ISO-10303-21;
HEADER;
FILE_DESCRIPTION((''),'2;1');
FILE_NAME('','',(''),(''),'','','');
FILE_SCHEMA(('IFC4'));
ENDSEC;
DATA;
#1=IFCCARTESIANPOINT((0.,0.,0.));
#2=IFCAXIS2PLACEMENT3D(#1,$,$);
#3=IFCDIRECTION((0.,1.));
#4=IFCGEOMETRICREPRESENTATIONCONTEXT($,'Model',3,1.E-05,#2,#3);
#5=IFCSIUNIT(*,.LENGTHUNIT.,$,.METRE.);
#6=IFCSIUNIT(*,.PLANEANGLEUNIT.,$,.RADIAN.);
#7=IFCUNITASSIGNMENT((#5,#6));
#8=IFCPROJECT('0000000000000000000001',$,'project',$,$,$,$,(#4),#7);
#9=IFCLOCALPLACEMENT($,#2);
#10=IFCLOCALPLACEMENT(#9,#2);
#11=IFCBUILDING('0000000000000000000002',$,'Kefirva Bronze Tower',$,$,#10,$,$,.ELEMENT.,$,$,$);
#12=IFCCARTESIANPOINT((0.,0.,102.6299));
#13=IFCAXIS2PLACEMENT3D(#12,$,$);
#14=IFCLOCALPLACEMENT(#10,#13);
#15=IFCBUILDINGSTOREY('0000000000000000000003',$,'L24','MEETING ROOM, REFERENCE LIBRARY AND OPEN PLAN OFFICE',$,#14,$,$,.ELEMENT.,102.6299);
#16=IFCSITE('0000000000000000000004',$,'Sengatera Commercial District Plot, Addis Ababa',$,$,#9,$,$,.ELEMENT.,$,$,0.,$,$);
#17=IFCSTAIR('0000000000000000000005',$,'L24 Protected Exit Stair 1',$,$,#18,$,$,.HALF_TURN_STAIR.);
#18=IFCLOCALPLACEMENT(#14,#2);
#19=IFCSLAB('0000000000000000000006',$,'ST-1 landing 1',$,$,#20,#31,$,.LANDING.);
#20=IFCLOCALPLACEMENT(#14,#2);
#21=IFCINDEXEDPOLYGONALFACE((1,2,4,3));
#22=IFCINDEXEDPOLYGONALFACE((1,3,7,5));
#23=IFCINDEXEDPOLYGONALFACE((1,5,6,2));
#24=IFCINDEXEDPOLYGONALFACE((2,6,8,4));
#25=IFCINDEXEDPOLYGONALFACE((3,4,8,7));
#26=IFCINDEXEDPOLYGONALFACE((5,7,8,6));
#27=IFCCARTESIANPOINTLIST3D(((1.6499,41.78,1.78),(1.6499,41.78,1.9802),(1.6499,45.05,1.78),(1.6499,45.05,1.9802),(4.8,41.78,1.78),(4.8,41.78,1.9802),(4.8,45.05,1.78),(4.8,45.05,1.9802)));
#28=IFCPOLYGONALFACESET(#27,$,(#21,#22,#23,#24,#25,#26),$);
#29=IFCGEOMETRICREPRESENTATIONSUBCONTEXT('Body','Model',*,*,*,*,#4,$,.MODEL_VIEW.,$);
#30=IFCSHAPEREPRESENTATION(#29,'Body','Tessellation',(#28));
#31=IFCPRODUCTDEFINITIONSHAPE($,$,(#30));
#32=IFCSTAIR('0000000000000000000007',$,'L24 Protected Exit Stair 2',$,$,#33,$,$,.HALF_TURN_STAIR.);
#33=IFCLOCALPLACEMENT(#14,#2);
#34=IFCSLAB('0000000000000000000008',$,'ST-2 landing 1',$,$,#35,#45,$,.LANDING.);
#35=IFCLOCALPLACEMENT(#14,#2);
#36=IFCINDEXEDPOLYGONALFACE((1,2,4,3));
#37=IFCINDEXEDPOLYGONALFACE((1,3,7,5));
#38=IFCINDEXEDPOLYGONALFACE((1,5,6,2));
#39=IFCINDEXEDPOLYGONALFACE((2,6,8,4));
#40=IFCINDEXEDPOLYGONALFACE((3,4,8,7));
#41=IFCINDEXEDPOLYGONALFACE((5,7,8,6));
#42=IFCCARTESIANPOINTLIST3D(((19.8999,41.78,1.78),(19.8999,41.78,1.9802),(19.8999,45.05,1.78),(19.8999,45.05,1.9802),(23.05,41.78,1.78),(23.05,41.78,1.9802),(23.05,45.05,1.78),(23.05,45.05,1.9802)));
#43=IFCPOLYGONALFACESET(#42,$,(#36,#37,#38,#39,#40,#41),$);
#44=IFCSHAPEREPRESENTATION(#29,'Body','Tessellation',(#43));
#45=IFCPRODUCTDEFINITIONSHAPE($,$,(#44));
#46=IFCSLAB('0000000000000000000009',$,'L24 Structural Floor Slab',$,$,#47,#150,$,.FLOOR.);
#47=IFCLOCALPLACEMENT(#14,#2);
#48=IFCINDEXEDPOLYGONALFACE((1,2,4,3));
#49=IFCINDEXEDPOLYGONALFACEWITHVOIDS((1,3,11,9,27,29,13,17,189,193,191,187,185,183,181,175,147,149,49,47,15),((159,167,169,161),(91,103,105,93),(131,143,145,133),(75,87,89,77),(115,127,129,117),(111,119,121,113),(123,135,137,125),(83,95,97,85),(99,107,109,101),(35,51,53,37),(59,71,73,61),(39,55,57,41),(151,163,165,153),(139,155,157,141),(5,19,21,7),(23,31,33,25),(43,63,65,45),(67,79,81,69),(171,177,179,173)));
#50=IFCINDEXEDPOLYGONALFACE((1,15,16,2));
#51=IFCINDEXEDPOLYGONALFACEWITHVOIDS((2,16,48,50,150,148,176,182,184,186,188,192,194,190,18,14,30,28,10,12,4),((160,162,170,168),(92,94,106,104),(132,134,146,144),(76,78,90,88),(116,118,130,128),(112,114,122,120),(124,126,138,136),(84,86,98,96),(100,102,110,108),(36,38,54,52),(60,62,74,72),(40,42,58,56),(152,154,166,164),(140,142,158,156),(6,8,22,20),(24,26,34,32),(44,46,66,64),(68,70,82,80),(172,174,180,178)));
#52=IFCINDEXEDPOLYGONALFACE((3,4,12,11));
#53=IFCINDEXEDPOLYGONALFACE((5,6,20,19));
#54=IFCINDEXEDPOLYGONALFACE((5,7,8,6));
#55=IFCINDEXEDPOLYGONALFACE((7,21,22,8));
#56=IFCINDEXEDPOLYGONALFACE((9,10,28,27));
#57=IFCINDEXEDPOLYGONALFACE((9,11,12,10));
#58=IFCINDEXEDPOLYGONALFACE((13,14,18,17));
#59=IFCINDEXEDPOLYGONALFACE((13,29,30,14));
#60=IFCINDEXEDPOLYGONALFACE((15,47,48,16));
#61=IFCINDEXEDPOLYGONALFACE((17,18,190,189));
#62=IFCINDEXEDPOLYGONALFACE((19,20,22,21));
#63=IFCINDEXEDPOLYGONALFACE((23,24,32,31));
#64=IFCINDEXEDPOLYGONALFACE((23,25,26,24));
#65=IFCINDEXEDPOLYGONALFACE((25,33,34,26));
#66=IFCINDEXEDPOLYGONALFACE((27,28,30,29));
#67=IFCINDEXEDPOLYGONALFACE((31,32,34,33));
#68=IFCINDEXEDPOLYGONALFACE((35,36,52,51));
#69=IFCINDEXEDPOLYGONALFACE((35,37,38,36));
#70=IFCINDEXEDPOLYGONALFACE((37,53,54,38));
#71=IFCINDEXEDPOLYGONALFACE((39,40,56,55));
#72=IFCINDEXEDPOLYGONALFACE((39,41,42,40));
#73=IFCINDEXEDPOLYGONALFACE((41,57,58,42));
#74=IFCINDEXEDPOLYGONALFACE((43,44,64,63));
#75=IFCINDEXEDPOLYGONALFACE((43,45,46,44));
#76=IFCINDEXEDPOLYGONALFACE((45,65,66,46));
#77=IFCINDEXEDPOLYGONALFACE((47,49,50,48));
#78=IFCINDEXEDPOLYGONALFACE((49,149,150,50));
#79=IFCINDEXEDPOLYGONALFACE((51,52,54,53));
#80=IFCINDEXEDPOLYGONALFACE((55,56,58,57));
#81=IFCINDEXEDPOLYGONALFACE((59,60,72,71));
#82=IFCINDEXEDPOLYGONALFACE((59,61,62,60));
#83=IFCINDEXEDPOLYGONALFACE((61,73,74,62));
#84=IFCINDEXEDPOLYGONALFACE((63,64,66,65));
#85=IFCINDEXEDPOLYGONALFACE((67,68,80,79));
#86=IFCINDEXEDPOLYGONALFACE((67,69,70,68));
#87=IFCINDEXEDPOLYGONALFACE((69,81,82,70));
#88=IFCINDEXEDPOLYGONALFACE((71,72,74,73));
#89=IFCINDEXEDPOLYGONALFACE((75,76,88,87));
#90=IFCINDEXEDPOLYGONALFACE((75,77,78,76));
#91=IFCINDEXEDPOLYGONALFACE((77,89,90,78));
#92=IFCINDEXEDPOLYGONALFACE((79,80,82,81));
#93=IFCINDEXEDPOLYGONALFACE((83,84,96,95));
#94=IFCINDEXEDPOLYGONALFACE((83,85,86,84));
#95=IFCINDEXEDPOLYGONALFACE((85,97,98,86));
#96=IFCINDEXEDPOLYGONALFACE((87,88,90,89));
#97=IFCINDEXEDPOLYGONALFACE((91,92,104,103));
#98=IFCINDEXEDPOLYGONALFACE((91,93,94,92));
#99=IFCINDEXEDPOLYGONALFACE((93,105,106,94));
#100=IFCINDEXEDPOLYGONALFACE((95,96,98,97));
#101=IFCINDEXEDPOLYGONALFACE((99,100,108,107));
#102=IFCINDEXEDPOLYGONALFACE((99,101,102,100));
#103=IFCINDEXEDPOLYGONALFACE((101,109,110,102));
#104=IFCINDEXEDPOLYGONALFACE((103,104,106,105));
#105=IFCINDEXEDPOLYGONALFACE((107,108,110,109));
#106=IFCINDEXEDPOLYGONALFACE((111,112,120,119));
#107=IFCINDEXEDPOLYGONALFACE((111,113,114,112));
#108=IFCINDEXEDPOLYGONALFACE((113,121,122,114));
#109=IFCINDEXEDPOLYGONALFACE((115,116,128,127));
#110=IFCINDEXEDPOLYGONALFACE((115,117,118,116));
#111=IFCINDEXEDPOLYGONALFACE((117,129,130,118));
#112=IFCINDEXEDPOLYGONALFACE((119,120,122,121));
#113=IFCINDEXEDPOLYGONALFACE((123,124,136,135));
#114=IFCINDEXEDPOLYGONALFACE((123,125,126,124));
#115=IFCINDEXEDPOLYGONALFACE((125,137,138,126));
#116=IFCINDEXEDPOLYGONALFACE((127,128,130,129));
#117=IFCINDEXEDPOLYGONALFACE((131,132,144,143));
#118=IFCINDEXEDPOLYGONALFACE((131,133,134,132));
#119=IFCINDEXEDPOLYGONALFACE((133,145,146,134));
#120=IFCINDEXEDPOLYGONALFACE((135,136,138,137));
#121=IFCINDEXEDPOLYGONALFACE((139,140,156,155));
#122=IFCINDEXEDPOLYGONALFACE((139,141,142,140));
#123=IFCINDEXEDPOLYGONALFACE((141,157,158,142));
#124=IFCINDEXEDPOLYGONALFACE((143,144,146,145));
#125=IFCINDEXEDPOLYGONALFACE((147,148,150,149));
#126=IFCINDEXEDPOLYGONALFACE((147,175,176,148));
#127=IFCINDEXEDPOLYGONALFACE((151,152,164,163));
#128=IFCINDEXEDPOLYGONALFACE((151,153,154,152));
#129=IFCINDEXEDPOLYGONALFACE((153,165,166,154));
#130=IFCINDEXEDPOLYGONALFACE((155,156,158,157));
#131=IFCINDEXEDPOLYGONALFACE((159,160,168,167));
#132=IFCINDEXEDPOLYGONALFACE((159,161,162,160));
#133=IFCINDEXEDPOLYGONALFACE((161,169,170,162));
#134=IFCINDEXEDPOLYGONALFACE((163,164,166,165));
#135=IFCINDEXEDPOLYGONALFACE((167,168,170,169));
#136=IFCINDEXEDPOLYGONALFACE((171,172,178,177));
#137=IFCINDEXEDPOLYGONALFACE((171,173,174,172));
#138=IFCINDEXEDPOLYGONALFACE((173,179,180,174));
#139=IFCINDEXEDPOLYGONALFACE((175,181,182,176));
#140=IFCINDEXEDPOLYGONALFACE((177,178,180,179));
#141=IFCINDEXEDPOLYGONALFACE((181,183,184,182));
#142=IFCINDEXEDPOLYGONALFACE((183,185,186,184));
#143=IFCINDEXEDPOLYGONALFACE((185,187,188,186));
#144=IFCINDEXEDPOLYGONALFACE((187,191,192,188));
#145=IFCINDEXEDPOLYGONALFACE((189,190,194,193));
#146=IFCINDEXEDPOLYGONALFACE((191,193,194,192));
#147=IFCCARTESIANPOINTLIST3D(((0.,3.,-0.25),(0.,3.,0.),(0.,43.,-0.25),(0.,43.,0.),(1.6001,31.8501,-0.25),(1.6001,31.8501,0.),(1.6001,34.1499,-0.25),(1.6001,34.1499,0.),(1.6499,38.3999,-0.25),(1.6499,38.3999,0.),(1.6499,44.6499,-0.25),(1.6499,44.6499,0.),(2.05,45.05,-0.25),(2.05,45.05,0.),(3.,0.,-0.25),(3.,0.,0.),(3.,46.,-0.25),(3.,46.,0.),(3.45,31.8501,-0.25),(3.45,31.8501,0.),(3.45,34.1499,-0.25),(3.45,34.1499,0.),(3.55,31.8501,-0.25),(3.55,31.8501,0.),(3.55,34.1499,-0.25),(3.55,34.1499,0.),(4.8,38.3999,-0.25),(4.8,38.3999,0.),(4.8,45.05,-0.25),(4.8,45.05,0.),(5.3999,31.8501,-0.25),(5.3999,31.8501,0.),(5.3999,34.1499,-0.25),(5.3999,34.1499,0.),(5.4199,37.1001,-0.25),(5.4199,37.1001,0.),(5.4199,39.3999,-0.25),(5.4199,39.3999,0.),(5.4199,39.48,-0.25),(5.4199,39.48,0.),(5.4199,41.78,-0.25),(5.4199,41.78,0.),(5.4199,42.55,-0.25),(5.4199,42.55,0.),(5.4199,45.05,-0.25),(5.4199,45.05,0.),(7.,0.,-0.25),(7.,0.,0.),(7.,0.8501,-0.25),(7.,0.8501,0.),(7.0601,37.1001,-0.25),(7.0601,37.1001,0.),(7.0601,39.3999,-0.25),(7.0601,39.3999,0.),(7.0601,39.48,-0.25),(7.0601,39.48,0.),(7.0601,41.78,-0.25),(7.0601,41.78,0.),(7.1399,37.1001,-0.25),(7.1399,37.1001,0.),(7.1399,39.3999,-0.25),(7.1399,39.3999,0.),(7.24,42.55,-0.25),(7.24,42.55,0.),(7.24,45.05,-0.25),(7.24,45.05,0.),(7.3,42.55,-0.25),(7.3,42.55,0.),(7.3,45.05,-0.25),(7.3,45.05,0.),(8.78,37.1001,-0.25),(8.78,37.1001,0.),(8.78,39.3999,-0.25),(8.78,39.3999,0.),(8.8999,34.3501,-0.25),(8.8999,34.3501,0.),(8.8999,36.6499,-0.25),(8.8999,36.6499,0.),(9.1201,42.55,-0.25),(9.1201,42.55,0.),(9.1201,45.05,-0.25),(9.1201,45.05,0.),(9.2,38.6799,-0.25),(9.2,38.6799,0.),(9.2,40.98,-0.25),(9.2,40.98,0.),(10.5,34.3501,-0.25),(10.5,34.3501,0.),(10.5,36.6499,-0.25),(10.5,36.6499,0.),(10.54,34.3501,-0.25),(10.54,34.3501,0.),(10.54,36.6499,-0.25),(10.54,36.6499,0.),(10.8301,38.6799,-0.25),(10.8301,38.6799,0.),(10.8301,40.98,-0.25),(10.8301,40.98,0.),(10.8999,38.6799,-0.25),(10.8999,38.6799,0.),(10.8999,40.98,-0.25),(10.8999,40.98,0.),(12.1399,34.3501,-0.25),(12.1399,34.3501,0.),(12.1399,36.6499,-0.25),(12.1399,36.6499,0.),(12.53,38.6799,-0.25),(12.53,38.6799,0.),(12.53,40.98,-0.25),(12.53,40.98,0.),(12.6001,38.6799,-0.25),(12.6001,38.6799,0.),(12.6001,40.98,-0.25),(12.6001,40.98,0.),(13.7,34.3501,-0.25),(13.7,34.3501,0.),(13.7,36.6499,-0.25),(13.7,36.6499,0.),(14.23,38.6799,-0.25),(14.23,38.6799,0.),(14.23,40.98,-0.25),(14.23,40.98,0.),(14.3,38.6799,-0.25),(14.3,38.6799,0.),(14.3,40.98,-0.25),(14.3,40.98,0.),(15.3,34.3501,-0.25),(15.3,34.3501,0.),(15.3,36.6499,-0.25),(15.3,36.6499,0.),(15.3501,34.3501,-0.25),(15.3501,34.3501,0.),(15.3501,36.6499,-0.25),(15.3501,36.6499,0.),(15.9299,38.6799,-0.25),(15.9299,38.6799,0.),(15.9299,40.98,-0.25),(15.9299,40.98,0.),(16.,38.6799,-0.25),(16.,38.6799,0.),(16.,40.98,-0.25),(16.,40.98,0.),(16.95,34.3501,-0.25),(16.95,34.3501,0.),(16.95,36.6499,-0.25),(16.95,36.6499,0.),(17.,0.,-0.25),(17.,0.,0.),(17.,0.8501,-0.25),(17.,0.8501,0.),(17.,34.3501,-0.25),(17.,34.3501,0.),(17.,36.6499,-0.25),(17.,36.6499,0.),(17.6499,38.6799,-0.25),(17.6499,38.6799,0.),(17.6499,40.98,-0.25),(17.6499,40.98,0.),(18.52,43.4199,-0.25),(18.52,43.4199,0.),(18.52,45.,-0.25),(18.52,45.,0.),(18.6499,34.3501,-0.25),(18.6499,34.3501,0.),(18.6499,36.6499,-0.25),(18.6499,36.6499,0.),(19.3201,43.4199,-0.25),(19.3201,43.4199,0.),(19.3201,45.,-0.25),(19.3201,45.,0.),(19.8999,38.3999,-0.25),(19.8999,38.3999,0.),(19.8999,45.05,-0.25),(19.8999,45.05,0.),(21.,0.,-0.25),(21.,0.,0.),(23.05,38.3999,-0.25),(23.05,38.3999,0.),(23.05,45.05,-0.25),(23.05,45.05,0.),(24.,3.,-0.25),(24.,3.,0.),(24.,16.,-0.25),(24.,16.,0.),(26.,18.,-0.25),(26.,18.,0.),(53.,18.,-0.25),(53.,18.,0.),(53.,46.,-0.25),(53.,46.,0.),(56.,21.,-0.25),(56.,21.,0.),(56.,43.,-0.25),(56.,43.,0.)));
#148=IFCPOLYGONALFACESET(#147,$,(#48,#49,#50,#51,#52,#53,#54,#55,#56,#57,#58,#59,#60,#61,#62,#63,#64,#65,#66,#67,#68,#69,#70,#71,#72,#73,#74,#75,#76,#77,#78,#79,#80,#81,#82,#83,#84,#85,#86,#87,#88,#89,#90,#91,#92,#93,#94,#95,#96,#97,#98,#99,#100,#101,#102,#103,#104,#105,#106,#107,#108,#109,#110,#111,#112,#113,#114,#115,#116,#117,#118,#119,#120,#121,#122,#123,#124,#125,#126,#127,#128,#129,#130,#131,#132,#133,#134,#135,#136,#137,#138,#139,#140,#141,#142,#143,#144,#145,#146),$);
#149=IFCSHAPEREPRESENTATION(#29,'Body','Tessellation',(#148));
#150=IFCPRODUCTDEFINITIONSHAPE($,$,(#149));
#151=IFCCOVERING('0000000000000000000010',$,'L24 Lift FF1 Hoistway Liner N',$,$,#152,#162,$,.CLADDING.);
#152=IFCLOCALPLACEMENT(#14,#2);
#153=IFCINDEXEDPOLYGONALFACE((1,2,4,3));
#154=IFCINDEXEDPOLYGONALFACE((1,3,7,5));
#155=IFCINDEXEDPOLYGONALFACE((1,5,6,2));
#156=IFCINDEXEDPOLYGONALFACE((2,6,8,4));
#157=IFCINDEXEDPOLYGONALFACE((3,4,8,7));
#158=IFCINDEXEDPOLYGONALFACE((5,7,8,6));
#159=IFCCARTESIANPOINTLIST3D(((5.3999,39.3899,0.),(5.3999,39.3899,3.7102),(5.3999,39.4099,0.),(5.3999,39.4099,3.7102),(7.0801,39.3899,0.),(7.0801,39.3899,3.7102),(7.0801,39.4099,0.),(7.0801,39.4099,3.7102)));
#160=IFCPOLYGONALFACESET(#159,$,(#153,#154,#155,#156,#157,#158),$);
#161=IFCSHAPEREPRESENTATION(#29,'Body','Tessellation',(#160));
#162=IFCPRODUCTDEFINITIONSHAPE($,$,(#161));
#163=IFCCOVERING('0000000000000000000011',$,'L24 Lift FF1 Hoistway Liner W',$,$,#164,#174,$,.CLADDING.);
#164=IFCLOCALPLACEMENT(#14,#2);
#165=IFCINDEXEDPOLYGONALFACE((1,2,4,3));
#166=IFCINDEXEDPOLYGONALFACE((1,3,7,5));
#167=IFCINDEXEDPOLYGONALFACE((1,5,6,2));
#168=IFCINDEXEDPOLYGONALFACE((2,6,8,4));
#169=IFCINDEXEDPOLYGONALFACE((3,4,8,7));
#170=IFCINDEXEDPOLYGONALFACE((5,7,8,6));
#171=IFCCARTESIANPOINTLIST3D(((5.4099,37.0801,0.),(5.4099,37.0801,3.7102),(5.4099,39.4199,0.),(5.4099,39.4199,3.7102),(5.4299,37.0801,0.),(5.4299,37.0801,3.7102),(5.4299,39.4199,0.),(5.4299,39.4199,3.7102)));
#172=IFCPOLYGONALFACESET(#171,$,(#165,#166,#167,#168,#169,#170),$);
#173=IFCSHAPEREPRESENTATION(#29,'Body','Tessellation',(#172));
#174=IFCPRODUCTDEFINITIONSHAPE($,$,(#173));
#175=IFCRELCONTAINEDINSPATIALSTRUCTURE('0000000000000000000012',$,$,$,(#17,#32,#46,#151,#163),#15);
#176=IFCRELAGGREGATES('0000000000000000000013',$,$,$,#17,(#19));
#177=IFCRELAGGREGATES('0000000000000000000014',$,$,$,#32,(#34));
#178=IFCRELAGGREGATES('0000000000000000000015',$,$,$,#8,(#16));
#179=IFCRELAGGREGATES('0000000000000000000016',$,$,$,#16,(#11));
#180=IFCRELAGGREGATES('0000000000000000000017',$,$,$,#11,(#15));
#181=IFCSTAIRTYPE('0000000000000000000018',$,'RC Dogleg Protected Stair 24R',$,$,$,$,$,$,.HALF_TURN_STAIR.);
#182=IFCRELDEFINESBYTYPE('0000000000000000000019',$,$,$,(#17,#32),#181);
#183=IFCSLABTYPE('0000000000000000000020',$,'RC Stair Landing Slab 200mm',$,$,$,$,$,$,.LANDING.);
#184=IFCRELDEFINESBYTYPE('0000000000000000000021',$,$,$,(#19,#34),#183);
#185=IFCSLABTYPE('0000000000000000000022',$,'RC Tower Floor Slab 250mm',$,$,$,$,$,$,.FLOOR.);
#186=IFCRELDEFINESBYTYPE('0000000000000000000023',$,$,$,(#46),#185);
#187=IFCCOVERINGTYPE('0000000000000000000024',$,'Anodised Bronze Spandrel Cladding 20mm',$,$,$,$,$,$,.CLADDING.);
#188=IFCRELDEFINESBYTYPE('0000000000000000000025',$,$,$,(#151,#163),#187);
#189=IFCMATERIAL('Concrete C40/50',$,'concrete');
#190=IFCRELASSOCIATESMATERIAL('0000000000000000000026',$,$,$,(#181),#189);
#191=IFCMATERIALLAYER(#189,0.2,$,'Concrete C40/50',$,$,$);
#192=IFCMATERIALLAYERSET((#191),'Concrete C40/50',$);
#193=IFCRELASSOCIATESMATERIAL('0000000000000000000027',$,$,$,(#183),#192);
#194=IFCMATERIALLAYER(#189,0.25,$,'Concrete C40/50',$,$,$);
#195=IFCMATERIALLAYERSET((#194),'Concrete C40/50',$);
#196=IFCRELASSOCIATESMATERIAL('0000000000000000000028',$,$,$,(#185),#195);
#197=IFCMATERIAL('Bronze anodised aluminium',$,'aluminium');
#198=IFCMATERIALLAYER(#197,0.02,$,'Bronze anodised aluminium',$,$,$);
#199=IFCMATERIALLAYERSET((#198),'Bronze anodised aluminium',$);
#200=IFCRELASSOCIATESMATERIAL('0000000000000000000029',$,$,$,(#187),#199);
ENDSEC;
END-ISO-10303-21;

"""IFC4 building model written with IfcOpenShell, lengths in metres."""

from ifc_helpers import new_model, si_unit, direction, frame, origin, place, context, subcontext, project, spatial, polyline, outline, extrude, material, layer, layer_set, type_object, element, aggregate, save


model = new_model("IFC4")

# Units and contexts
model_context = context("Model", 3, precision=1e-05, world=origin(), true_north=direction((0.0, 1.0)))
body_context = subcontext(model_context, "Body", "Model", "MODEL_VIEW")
ifc_project = project(units=[si_unit("LENGTHUNIT", "METRE"), si_unit("PLANEANGLEUNIT", "RADIAN")], contexts=[model_context])

# Site, building, storey
site_placement = place(None, origin())
site = spatial("IfcSite", under=ifc_project, at=site_placement, Name="Sengatera Commercial District Plot, Addis Ababa", CompositionType="ELEMENT", RefElevation=0.0)
building_placement = place(site_placement, origin())
building = spatial("IfcBuilding", under=site, at=building_placement, Name="Kefirva Bronze Tower", CompositionType="ELEMENT")
storey_placement = place(building_placement, frame((0.0, 0.0, 102.6299)))
storey = spatial("IfcBuildingStorey", under=building, at=storey_placement, Name="L24", Description="MEETING ROOM, REFERENCE LIBRARY AND OPEN PLAN OFFICE", CompositionType="ELEMENT", Elevation=102.6299)

# Stairs, slabs
ifc_material_1 = material(Name="Concrete C40/50", Category="concrete")
stair_type = type_object("IfcStairType", Name="RC Dogleg Protected Stair 24R", PredefinedType="HALF_TURN_STAIR", material=ifc_material_1)
stair_1_placement = place(storey_placement, origin())
stair_1 = element("IfcStair", 1, at=stair_1_placement, inside=storey, type_object=stair_type, Name="L24 Protected Exit Stair 1", PredefinedType="HALF_TURN_STAIR")
ifc_layer_1 = layer(ifc_material_1, 0.2, Name="Concrete C40/50")
ifc_layer_set_1 = layer_set([ifc_layer_1], Name="Concrete C40/50")
slab_type_1 = type_object("IfcSlabType", Name="RC Stair Landing Slab 200mm", PredefinedType="LANDING", material=ifc_layer_set_1)
slab_1_placement = place(storey_placement, frame((0.0, 0.0, 1.78)))
slab_1 = element("IfcSlab", 2, at=slab_1_placement, type_object=slab_type_1, Name="ST-1 landing 1", PredefinedType="LANDING", context=body_context, shape_type="SweptSolid", body=[
    extrude(outline(polyline([(4.8, 41.78), (4.8, 45.05), (1.6499, 45.05), (1.6499, 41.78), (4.8, 41.78)])), origin(), (0.0, 0.0, 1.0), 0.2002),
])
aggregate(stair_1, [slab_1])
stair_2_placement = place(storey_placement, origin())
stair_2 = element("IfcStair", 3, at=stair_2_placement, inside=storey, type_object=stair_type, Name="L24 Protected Exit Stair 2", PredefinedType="HALF_TURN_STAIR")
slab_2_placement = place(storey_placement, frame((0.0, 0.0, 1.78)))
slab_2 = element("IfcSlab", 4, at=slab_2_placement, type_object=slab_type_1, Name="ST-2 landing 1", PredefinedType="LANDING", context=body_context, shape_type="SweptSolid", body=[
    extrude(outline(polyline([(23.05, 41.78), (23.05, 45.05), (19.8999, 45.05), (19.8999, 41.78), (23.05, 41.78)])), origin(), (0.0, 0.0, 1.0), 0.2002),
])
aggregate(stair_2, [slab_2])

# Slab
ifc_layer_2 = layer(ifc_material_1, 0.25, Name="Concrete C40/50")
ifc_layer_set_2 = layer_set([ifc_layer_2], Name="Concrete C40/50")
slab_type_2 = type_object("IfcSlabType", Name="RC Tower Floor Slab 250mm", PredefinedType="FLOOR", material=ifc_layer_set_2)
slab_3_placement = place(storey_placement, frame((0.0, 0.0, -0.25)))
element("IfcSlab", 5, at=slab_3_placement, inside=storey, type_object=slab_type_2, Name="L24 Structural Floor Slab", PredefinedType="FLOOR", context=body_context, shape_type="SweptSolid", body=[
    extrude(outline(polyline([(0.0, 3.0), (0.0, 43.0), (1.6499, 44.6499), (1.6499, 38.3999), (4.8, 38.3999), (4.8, 45.05), (2.05, 45.05), (3.0, 46.0), (53.0, 46.0), (56.0, 43.0), (56.0, 21.0), (53.0, 18.0), (26.0, 18.0), (24.0, 16.0), (24.0, 3.0), (21.0, 0.0), (17.0, 0.0), (17.0, 0.8501), (7.0, 0.8501), (7.0, 0.0), (3.0, 0.0), (0.0, 3.0)]), holes=[polyline([(19.8999, 38.3999), (23.05, 38.3999), (23.05, 45.05), (19.8999, 45.05), (19.8999, 38.3999)]), polyline([(18.52, 43.4199), (19.3201, 43.4199), (19.3201, 45.0), (18.52, 45.0), (18.52, 43.4199)]), polyline([(17.0, 34.3501), (18.6499, 34.3501), (18.6499, 36.6499), (17.0, 36.6499), (17.0, 34.3501)]), polyline([(17.6499, 38.6799), (17.6499, 40.98), (16.0, 40.98), (16.0, 38.6799), (17.6499, 38.6799)]), polyline([(16.95, 34.3501), (16.95, 36.6499), (15.3501, 36.6499), (15.3501, 34.3501), (16.95, 34.3501)]), polyline([(15.9299, 38.6799), (15.9299, 40.98), (14.3, 40.98), (14.3, 38.6799), (15.9299, 38.6799)]), polyline([(15.3, 34.3501), (15.3, 36.6499), (13.7, 36.6499), (13.7, 34.3501), (15.3, 34.3501)]), polyline([(14.23, 38.6799), (14.23, 40.98), (12.6001, 40.98), (12.6001, 38.6799), (14.23, 38.6799)]), polyline([(10.8999, 38.6799), (12.53, 38.6799), (12.53, 40.98), (10.8999, 40.98), (10.8999, 38.6799)]), polyline([(12.1399, 34.3501), (12.1399, 36.6499), (10.54, 36.6499), (10.54, 34.3501), (12.1399, 34.3501)]), polyline([(10.8301, 38.6799), (10.8301, 40.98), (9.2, 40.98), (9.2, 38.6799), (10.8301, 38.6799)]), polyline([(10.5, 34.3501), (10.5, 36.6499), (8.8999, 36.6499), (8.8999, 34.3501), (10.5, 34.3501)]), polyline([(7.3, 42.55), (9.1201, 42.55), (9.1201, 45.05), (7.3, 45.05), (7.3, 42.55)]), polyline([(7.1399, 37.1001), (8.78, 37.1001), (8.78, 39.3999), (7.1399, 39.3999), (7.1399, 37.1001)]), polyline([(5.4199, 42.55), (7.24, 42.55), (7.24, 45.05), (5.4199, 45.05), (5.4199, 42.55)]), polyline([(7.0601, 39.48), (7.0601, 41.78), (5.4199, 41.78), (5.4199, 39.48), (7.0601, 39.48)]), polyline([(5.4199, 37.1001), (7.0601, 37.1001), (7.0601, 39.3999), (5.4199, 39.3999), (5.4199, 37.1001)]), polyline([(5.3999, 31.8501), (5.3999, 34.1499), (3.55, 34.1499), (3.55, 31.8501), (5.3999, 31.8501)]), polyline([(3.45, 31.8501), (3.45, 34.1499), (1.6001, 34.1499), (1.6001, 31.8501), (3.45, 31.8501)])]), origin(), (0.0, 0.0, 1.0), 0.25),
])

# Coverings
ifc_material_2 = material(Name="Bronze anodised aluminium", Category="aluminium")
ifc_layer_3 = layer(ifc_material_2, 0.02, Name="Bronze anodised aluminium")
ifc_layer_set_3 = layer_set([ifc_layer_3], Name="Bronze anodised aluminium")
covering_type = type_object("IfcCoveringType", Name="Anodised Bronze Spandrel Cladding 20mm", PredefinedType="CLADDING", material=ifc_layer_set_3)
covering_1_placement = place(storey_placement, origin())
element("IfcCovering", 6, at=covering_1_placement, inside=storey, type_object=covering_type, Name="L24 Lift FF1 Hoistway Liner N", PredefinedType="CLADDING", context=body_context, shape_type="SweptSolid", body=[
    extrude(outline(polyline([(5.3999, 39.3899), (7.0801, 39.3899), (7.0801, 39.4099), (5.3999, 39.4099), (5.3999, 39.3899)])), origin(), (0.0, 0.0, 1.0), 3.7102),
])
covering_2_placement = place(storey_placement, origin())
element("IfcCovering", 7, at=covering_2_placement, inside=storey, type_object=covering_type, Name="L24 Lift FF1 Hoistway Liner W", PredefinedType="CLADDING", context=body_context, shape_type="SweptSolid", body=[
    extrude(outline(polyline([(5.4099, 37.0801), (5.4299, 37.0801), (5.4299, 39.4199), (5.4099, 39.4199), (5.4099, 37.0801)])), origin(), (0.0, 0.0, 1.0), 3.7102),
])

save(model, "model.ifc")
